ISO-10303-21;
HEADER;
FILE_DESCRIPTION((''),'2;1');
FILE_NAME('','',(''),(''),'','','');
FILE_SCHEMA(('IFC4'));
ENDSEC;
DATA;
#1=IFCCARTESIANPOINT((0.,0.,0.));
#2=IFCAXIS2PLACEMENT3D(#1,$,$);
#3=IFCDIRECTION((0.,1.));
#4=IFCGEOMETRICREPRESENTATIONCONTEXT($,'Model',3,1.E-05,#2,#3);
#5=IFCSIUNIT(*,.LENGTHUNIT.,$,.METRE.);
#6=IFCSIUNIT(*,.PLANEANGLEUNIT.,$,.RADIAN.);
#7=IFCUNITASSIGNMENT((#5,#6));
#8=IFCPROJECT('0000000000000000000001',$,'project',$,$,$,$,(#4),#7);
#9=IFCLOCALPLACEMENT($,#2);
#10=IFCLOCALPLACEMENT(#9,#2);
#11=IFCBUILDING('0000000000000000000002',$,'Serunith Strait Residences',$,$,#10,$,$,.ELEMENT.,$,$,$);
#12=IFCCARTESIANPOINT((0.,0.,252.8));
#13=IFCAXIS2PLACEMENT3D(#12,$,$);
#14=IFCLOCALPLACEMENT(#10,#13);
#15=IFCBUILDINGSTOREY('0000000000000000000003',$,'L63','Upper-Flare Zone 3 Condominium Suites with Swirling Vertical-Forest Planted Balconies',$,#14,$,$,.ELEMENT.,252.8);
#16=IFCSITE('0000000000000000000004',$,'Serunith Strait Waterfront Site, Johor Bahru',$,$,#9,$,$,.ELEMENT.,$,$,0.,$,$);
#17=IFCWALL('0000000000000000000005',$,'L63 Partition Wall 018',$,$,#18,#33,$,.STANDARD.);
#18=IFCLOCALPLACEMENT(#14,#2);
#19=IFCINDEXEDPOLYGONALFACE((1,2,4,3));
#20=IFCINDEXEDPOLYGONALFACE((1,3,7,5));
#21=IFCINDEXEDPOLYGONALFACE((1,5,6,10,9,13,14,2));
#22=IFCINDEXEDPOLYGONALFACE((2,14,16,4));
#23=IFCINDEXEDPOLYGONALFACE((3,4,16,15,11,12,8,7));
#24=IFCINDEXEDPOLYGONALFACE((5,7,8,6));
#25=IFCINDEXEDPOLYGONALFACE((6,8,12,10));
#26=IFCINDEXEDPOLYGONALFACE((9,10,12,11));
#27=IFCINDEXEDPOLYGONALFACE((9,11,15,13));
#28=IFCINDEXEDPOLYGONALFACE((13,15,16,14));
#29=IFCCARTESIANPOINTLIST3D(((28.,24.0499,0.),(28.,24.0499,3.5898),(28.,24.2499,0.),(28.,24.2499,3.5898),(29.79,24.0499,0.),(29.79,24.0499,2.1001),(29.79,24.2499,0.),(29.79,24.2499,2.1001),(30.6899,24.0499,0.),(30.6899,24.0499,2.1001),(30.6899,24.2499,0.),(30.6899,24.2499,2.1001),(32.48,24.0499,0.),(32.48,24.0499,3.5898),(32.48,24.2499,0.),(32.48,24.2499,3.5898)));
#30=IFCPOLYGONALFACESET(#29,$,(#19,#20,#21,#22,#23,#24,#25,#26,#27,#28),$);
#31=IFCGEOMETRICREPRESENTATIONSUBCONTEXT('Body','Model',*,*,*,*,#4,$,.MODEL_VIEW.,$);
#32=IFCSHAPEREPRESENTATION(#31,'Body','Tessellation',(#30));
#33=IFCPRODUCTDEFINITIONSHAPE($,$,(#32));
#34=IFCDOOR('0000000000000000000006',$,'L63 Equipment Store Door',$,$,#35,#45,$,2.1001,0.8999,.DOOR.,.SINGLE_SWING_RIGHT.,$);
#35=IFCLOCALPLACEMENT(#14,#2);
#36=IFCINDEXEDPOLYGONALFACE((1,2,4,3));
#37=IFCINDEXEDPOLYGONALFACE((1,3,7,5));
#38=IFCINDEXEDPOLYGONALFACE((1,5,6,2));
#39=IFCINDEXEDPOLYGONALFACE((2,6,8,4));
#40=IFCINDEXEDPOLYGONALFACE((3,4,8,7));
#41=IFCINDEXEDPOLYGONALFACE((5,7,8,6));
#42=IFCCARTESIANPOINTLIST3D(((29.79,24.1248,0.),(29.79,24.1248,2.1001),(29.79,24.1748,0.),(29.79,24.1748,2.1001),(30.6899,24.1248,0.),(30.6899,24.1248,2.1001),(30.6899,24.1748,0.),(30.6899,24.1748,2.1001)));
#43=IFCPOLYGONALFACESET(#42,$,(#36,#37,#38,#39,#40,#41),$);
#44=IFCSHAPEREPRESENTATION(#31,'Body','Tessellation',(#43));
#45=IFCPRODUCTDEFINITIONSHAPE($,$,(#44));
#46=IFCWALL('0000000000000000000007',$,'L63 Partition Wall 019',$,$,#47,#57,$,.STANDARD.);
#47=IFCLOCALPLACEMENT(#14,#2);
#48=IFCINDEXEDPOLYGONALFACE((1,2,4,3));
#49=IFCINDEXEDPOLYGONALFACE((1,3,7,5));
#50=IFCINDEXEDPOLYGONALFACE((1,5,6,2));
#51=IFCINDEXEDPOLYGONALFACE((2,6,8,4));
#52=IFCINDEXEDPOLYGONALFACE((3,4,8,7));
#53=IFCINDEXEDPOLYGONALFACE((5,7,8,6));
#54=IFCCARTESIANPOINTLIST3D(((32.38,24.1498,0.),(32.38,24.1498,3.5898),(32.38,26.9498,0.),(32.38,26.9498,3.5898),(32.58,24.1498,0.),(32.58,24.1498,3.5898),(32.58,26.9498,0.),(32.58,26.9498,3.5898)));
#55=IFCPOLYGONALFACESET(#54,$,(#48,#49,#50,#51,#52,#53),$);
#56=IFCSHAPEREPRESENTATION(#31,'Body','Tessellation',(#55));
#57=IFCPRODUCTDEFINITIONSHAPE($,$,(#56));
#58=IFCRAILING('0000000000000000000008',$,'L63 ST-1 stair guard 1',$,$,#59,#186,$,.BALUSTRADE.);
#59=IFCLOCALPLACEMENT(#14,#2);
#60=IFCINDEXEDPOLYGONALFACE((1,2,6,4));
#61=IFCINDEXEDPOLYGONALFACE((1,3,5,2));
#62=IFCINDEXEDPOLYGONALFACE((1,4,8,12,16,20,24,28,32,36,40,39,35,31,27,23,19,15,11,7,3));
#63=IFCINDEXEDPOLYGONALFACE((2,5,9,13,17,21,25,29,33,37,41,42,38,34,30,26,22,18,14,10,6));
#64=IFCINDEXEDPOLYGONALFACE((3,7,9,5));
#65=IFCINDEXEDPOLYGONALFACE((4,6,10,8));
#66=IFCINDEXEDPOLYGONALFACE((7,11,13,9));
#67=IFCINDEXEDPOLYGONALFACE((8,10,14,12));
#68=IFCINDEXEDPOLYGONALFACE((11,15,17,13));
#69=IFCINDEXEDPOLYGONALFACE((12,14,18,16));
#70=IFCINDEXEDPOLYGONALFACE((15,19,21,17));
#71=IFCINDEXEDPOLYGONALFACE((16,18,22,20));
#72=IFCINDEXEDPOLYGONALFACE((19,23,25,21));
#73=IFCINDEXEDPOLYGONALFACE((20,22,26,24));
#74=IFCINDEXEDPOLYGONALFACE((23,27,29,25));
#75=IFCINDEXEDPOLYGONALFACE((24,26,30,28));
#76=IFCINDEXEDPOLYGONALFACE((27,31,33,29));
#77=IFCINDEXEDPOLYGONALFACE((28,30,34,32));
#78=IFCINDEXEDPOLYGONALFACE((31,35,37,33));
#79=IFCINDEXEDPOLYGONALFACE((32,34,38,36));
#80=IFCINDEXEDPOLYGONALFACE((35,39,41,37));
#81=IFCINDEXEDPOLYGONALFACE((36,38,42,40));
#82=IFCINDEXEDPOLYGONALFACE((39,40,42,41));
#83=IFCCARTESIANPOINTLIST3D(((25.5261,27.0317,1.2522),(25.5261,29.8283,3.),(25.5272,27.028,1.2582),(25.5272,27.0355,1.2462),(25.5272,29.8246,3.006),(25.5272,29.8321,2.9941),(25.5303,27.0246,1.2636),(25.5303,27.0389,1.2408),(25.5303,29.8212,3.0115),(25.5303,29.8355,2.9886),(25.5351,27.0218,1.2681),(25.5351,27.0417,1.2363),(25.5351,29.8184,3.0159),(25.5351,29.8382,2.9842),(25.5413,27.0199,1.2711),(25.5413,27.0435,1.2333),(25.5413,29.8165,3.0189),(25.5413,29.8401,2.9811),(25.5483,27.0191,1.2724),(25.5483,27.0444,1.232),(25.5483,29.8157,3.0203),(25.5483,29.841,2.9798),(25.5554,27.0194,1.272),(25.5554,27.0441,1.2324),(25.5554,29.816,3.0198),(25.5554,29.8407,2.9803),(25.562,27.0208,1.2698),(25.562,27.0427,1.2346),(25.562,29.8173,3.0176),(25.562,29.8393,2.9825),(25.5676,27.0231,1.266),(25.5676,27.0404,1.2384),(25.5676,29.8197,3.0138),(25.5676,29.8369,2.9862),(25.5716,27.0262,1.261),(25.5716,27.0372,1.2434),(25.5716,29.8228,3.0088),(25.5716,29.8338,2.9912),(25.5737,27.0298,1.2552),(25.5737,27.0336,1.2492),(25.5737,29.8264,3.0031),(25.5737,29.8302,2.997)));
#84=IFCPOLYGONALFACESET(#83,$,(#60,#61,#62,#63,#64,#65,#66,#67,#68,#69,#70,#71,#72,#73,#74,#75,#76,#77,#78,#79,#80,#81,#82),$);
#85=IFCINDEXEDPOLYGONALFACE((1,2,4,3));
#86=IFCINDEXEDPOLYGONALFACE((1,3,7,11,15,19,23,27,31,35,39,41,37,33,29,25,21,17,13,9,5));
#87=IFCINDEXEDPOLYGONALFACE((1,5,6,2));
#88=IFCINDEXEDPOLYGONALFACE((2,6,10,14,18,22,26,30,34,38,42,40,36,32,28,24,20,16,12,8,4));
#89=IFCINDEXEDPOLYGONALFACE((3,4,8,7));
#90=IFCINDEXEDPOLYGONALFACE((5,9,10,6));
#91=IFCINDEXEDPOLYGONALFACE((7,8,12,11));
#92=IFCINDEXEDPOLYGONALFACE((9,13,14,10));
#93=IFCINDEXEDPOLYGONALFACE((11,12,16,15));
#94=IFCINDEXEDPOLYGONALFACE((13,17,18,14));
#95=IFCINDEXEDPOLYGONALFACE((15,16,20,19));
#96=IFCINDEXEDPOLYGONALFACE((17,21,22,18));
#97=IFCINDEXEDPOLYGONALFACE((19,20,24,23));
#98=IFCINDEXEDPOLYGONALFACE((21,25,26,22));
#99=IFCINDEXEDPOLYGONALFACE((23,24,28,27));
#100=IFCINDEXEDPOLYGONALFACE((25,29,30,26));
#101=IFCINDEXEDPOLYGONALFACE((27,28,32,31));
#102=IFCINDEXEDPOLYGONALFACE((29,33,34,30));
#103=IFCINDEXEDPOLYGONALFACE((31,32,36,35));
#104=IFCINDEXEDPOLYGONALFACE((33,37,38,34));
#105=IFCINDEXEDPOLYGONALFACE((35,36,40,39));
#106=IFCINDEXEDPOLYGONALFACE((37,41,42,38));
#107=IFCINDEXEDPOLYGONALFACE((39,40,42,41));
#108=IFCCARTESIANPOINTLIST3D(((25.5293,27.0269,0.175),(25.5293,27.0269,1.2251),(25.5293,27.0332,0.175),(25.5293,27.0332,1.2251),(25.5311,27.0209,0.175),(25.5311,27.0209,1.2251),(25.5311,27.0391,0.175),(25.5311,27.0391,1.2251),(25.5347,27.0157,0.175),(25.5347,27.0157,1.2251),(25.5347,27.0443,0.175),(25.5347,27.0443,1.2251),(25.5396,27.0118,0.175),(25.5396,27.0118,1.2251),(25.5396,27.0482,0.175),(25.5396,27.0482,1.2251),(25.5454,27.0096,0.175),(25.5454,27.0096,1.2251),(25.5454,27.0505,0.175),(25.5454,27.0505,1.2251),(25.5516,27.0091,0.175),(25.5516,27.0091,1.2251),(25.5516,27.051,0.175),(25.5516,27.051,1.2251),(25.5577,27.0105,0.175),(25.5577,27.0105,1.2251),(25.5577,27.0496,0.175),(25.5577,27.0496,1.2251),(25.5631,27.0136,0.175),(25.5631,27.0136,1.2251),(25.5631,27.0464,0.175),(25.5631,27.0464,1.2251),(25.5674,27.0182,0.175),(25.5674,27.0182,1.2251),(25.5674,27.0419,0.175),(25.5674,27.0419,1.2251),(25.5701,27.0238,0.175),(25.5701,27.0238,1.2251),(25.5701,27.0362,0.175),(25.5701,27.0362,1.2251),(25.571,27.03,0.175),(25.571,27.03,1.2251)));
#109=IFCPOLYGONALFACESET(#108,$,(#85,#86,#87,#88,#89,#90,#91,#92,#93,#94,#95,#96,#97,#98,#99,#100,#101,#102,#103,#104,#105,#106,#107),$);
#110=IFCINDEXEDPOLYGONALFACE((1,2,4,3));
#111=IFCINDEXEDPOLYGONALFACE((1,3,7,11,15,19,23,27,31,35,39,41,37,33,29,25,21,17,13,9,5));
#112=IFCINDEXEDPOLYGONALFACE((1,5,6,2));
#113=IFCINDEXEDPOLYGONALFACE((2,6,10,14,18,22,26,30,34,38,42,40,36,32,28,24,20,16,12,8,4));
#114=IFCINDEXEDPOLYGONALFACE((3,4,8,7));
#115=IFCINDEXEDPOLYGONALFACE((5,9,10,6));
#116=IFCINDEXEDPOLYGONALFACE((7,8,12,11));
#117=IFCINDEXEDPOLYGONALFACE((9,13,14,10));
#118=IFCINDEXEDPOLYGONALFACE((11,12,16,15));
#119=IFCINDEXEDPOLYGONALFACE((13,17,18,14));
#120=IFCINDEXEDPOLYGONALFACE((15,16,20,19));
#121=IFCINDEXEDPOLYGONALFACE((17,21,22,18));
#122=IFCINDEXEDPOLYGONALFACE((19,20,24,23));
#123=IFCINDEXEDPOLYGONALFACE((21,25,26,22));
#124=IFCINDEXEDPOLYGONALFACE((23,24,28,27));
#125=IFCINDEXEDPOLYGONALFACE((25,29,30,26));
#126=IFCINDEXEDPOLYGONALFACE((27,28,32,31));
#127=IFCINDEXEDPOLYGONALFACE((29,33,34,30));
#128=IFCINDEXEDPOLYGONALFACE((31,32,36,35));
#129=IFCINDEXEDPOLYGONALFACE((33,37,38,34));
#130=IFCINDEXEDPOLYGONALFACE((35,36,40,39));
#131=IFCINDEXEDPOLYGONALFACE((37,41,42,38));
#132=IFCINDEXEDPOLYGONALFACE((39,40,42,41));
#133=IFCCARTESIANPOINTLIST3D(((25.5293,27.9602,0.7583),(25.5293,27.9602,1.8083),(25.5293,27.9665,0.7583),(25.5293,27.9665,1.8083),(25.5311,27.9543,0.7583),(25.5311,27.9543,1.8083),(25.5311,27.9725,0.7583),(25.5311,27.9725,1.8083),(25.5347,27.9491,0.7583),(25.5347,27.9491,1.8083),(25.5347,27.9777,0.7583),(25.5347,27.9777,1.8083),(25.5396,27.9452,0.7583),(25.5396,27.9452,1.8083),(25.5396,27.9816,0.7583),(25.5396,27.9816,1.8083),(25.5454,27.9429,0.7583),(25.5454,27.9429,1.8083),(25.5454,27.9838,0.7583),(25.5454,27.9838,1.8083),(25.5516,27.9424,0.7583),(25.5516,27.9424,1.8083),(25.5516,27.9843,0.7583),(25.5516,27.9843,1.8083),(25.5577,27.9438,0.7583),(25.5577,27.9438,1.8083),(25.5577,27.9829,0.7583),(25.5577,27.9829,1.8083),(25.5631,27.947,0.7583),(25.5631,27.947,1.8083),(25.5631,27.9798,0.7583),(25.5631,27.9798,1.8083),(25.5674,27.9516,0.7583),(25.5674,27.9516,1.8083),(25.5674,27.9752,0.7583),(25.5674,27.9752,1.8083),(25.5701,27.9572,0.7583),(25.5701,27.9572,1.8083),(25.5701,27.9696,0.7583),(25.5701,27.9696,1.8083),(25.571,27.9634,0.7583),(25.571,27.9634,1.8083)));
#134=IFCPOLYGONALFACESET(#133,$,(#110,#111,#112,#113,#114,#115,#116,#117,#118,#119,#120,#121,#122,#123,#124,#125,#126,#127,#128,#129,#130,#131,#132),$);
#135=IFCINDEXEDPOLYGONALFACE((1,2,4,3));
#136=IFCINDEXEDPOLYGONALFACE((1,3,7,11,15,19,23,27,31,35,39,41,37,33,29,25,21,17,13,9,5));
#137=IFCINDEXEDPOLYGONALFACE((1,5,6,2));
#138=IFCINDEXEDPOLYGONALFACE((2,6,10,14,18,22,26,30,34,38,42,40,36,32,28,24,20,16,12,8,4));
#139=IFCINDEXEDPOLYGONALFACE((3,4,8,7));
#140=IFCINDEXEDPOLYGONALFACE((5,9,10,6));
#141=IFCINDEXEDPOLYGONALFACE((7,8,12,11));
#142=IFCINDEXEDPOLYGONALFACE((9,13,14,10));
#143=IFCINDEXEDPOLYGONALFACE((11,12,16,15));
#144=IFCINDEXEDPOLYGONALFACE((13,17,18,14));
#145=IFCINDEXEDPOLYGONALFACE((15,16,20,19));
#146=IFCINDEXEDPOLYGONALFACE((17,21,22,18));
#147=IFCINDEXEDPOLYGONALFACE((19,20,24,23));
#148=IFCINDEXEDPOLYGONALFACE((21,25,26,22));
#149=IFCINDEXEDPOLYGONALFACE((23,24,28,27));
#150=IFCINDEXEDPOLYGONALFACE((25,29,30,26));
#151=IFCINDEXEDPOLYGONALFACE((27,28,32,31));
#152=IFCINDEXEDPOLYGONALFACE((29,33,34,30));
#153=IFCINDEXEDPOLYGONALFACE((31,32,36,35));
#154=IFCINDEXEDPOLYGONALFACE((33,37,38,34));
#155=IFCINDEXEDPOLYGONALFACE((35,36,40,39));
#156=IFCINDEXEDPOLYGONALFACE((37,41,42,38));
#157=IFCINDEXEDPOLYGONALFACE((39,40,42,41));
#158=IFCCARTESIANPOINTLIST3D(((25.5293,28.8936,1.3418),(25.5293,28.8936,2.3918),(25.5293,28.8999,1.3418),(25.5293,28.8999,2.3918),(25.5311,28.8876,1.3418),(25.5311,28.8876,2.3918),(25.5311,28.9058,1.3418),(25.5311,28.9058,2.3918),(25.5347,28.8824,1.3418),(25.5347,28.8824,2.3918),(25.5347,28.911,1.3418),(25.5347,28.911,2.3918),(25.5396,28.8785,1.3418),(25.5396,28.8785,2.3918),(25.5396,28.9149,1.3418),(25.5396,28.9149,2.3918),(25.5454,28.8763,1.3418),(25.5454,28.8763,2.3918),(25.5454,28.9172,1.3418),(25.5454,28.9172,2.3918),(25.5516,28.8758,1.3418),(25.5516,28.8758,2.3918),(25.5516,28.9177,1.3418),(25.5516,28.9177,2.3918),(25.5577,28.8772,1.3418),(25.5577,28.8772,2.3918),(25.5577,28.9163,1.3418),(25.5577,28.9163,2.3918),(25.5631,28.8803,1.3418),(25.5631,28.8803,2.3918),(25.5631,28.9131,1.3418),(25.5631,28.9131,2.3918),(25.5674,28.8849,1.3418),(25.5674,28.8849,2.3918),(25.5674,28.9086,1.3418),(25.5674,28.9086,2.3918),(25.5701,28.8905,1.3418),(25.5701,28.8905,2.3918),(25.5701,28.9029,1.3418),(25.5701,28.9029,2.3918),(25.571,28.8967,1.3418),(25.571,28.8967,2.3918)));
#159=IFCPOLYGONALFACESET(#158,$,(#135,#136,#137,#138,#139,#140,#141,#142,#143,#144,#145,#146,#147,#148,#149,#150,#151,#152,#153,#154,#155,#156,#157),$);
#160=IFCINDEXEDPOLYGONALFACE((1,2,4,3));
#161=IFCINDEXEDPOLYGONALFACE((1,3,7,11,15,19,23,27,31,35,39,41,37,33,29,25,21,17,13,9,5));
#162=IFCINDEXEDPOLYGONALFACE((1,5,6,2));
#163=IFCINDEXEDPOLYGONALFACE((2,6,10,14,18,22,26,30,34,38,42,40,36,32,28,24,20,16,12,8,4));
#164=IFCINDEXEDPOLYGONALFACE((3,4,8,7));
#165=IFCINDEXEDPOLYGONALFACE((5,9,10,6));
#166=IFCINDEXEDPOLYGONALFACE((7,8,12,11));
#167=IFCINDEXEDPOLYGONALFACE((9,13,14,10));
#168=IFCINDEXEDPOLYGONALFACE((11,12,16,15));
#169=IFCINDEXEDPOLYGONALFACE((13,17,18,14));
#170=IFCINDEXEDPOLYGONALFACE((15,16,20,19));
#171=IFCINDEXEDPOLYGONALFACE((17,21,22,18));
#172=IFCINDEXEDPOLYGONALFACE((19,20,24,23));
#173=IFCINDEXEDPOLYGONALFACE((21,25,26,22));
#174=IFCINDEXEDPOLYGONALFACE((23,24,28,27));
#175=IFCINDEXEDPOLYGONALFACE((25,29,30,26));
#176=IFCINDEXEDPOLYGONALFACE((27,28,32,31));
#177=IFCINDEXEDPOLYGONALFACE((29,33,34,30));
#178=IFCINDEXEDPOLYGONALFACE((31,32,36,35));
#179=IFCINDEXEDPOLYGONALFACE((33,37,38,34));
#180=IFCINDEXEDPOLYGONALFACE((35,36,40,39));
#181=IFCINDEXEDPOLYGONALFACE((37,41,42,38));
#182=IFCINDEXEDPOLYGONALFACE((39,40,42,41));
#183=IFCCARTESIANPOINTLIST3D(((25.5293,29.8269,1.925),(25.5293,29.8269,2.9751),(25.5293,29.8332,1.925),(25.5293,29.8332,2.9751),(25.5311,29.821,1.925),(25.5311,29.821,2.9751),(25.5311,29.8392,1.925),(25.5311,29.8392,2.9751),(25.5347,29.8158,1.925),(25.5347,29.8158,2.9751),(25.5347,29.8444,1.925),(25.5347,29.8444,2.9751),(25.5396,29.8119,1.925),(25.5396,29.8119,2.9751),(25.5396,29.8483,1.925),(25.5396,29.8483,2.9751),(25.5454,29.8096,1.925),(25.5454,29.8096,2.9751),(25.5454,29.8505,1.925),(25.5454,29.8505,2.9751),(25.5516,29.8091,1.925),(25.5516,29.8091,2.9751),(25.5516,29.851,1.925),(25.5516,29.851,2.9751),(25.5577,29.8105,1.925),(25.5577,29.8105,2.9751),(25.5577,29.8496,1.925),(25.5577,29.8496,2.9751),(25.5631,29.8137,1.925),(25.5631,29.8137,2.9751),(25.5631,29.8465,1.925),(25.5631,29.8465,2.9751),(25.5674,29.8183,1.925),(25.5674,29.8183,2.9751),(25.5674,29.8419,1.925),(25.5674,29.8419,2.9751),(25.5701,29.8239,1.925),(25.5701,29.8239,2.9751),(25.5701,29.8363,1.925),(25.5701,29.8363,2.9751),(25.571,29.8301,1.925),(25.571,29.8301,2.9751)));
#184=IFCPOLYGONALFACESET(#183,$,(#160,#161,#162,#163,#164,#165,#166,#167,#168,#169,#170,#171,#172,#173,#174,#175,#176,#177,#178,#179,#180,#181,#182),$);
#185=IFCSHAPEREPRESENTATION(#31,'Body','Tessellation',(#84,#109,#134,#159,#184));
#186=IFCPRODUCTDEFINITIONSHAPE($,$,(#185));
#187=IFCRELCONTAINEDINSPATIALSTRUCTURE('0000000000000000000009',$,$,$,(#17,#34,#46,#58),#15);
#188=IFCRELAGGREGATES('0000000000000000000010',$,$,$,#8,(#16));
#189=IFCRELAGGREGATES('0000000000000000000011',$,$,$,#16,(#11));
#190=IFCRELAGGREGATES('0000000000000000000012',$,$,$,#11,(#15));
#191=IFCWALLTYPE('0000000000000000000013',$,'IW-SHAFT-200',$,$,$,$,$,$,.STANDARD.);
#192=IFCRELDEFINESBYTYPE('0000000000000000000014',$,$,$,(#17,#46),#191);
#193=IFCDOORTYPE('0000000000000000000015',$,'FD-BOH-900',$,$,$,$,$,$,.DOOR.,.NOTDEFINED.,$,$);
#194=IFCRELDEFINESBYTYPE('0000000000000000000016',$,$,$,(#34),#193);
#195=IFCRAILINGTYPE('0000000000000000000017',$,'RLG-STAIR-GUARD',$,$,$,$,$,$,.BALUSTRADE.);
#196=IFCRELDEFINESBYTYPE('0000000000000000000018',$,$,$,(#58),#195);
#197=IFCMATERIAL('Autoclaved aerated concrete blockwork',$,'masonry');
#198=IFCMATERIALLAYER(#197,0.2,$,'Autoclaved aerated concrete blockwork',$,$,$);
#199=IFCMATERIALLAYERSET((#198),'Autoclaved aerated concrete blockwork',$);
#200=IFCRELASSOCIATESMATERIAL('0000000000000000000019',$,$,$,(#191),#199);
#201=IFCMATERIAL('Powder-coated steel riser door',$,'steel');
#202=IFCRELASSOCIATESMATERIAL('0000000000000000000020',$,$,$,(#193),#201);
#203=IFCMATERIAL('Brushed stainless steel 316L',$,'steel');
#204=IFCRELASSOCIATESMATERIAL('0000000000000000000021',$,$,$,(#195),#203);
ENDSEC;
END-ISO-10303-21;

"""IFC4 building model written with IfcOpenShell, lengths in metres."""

from ifc_helpers import new_model, si_unit, direction, frame, frame_2d, origin, origin_2d, place, context, subcontext, project, spatial, rectangle, circle, extrude, source, transform, mapped, material, layer, layer_set, type_object, element, fill, save


model = new_model("IFC4")

# Units and contexts
model_context = context("Model", 3, precision=1e-05, world=origin(), true_north=direction((0.0, 1.0)))
body_context = subcontext(model_context, "Body", "Model", "MODEL_VIEW")
ifc_project = project(units=[si_unit("LENGTHUNIT", "METRE"), si_unit("PLANEANGLEUNIT", "RADIAN")], contexts=[model_context])

# Site, building, storey
site_placement = place(None, origin())
site = spatial("IfcSite", under=ifc_project, at=site_placement, Name="Serunith Strait Waterfront Site, Johor Bahru", CompositionType="ELEMENT", RefElevation=0.0)
building_placement = place(site_placement, origin())
building = spatial("IfcBuilding", under=site, at=building_placement, Name="Serunith Strait Residences", CompositionType="ELEMENT")
storey_placement = place(building_placement, frame((0.0, 0.0, 252.8)))
storey = spatial("IfcBuildingStorey", under=building, at=storey_placement, Name="L63", Description="Upper-Flare Zone 3 Condominium Suites with Swirling Vertical-Forest Planted Balconies", CompositionType="ELEMENT", Elevation=252.8)

# Shared definitions
ifc_material_1 = material(Name="Autoclaved aerated concrete blockwork", Category="masonry")
ifc_layer = layer(ifc_material_1, 0.2, Name="Autoclaved aerated concrete blockwork")
ifc_layer_set = layer_set([ifc_layer], Name="Autoclaved aerated concrete blockwork")
wall_type = type_object("IfcWallType", Name="IW-SHAFT-200", PredefinedType="STANDARD", material=ifc_layer_set)

# Wall, opening, door
wall_1_placement = place(storey_placement, frame((28.0, 24.1499, 0.0), z_axis=(0.0, 0.0, 1.0), x_axis=(1.0, 0.0, 0.0)))
wall_1 = element("IfcWall", 1, at=wall_1_placement, inside=storey, type_object=wall_type, Name="L63 Partition Wall 018", PredefinedType="STANDARD", context=body_context, shape_type="SweptSolid", body=[
    extrude(rectangle(XDim=4.48, YDim=0.2, at=frame_2d((2.24, 0.0))), origin(), (0.0, 0.0, 1.0), 3.5898),
])
opening_1_placement = place(wall_1_placement, frame((1.79, 0.0, 0.0)))
opening_1 = element("IfcOpeningElement", 2, at=opening_1_placement, cuts=wall_1, PredefinedType="OPENING", context=body_context, shape_type="SweptSolid", body=[
    extrude(rectangle(XDim=0.8999, YDim=2.1001, at=frame_2d((0.45, 1.05))), frame((0.0, 0.1099, 0.0), z_axis=(0.0, -1.0, 0.0), x_axis=(1.0, 0.0, 0.0)), (0.0, 0.0, 1.0), 0.22),
])
ifc_material_2 = material(Name="Powder-coated steel riser door", Category="steel")
door_type_1 = type_object("IfcDoorType", Name="FD-BOH-900", OperationType="NOTDEFINED", PredefinedType="DOOR", material=ifc_material_2)
shared_shape_1 = source(origin(), body_context, "Body", "SweptSolid", [
    extrude(rectangle(XDim=0.8999, YDim=2.1001, at=frame_2d((0.45, 1.05))), frame((0.0, 0.0249, 0.0), z_axis=(0.0, -1.0, 0.0), x_axis=(1.0, 0.0, 0.0)), (0.0, 0.0, 1.0), 0.05),
])
door_1_placement = place(opening_1_placement, origin())
door_1 = element("IfcDoor", 3, at=door_1_placement, inside=storey, type_object=door_type_1, Name="L63 Equipment Store Door", OperationType="SINGLE_SWING_RIGHT", OverallHeight=2.1001, OverallWidth=0.8999, PredefinedType="DOOR", context=body_context, shape_type="MappedRepresentation", body=[
    mapped(shared_shape_1, transform((0.0, 0.0, 0.0), scale=1.0)),
])
fill(opening_1, door_1)

# Wall
wall_2_placement = place(storey_placement, frame((32.48, 24.1499, 0.0), z_axis=(0.0, 0.0, 1.0), x_axis=(0.0, 1.0, 0.0)))
element("IfcWall", 4, at=wall_2_placement, inside=storey, type_object=wall_type, Name="L63 Partition Wall 019", PredefinedType="STANDARD", context=body_context, shape_type="SweptSolid", body=[
    extrude(rectangle(XDim=2.8, YDim=0.2, at=frame_2d((1.3999, 0.0))), origin(), (0.0, 0.0, 1.0), 3.5898),
])

# Railing
ifc_material_3 = material(Name="Brushed stainless steel 316L", Category="steel")
railing_type_1 = type_object("IfcRailingType", Name="RLG-STAIR-GUARD", PredefinedType="BALUSTRADE", material=ifc_material_3)
railing_1_placement = place(storey_placement, frame((25.55, 27.03, 0.175)))
element("IfcRailing", 5, at=railing_1_placement, inside=storey, type_object=railing_type_1, Name="L63 ST-1 stair guard 1", PredefinedType="BALUSTRADE", context=body_context, shape_type="SweptSolid", body=[
    extrude(circle(Radius=0.0239, at=origin_2d()), frame((0.0, 0.0017, 1.0771), z_axis=(0.0, 0.848002, 0.529992), x_axis=(-1.0, 0.0, 0.0)), (0.0, 0.0, 1.0), 3.2979),
    extrude(circle(Radius=0.021, at=origin_2d()), origin(), (0.0, 0.0, 1.0), 1.05),
    extrude(circle(Radius=0.021, at=origin_2d()), frame((0.0, 0.9333, 0.5833)), (0.0, 0.0, 1.0), 1.05),
    extrude(circle(Radius=0.021, at=origin_2d()), frame((0.0, 1.8667, 1.1667)), (0.0, 0.0, 1.0), 1.05),
    extrude(circle(Radius=0.021, at=origin_2d()), frame((0.0, 2.8, 1.75)), (0.0, 0.0, 1.0), 1.05),
])

save(model, "model.ifc")
